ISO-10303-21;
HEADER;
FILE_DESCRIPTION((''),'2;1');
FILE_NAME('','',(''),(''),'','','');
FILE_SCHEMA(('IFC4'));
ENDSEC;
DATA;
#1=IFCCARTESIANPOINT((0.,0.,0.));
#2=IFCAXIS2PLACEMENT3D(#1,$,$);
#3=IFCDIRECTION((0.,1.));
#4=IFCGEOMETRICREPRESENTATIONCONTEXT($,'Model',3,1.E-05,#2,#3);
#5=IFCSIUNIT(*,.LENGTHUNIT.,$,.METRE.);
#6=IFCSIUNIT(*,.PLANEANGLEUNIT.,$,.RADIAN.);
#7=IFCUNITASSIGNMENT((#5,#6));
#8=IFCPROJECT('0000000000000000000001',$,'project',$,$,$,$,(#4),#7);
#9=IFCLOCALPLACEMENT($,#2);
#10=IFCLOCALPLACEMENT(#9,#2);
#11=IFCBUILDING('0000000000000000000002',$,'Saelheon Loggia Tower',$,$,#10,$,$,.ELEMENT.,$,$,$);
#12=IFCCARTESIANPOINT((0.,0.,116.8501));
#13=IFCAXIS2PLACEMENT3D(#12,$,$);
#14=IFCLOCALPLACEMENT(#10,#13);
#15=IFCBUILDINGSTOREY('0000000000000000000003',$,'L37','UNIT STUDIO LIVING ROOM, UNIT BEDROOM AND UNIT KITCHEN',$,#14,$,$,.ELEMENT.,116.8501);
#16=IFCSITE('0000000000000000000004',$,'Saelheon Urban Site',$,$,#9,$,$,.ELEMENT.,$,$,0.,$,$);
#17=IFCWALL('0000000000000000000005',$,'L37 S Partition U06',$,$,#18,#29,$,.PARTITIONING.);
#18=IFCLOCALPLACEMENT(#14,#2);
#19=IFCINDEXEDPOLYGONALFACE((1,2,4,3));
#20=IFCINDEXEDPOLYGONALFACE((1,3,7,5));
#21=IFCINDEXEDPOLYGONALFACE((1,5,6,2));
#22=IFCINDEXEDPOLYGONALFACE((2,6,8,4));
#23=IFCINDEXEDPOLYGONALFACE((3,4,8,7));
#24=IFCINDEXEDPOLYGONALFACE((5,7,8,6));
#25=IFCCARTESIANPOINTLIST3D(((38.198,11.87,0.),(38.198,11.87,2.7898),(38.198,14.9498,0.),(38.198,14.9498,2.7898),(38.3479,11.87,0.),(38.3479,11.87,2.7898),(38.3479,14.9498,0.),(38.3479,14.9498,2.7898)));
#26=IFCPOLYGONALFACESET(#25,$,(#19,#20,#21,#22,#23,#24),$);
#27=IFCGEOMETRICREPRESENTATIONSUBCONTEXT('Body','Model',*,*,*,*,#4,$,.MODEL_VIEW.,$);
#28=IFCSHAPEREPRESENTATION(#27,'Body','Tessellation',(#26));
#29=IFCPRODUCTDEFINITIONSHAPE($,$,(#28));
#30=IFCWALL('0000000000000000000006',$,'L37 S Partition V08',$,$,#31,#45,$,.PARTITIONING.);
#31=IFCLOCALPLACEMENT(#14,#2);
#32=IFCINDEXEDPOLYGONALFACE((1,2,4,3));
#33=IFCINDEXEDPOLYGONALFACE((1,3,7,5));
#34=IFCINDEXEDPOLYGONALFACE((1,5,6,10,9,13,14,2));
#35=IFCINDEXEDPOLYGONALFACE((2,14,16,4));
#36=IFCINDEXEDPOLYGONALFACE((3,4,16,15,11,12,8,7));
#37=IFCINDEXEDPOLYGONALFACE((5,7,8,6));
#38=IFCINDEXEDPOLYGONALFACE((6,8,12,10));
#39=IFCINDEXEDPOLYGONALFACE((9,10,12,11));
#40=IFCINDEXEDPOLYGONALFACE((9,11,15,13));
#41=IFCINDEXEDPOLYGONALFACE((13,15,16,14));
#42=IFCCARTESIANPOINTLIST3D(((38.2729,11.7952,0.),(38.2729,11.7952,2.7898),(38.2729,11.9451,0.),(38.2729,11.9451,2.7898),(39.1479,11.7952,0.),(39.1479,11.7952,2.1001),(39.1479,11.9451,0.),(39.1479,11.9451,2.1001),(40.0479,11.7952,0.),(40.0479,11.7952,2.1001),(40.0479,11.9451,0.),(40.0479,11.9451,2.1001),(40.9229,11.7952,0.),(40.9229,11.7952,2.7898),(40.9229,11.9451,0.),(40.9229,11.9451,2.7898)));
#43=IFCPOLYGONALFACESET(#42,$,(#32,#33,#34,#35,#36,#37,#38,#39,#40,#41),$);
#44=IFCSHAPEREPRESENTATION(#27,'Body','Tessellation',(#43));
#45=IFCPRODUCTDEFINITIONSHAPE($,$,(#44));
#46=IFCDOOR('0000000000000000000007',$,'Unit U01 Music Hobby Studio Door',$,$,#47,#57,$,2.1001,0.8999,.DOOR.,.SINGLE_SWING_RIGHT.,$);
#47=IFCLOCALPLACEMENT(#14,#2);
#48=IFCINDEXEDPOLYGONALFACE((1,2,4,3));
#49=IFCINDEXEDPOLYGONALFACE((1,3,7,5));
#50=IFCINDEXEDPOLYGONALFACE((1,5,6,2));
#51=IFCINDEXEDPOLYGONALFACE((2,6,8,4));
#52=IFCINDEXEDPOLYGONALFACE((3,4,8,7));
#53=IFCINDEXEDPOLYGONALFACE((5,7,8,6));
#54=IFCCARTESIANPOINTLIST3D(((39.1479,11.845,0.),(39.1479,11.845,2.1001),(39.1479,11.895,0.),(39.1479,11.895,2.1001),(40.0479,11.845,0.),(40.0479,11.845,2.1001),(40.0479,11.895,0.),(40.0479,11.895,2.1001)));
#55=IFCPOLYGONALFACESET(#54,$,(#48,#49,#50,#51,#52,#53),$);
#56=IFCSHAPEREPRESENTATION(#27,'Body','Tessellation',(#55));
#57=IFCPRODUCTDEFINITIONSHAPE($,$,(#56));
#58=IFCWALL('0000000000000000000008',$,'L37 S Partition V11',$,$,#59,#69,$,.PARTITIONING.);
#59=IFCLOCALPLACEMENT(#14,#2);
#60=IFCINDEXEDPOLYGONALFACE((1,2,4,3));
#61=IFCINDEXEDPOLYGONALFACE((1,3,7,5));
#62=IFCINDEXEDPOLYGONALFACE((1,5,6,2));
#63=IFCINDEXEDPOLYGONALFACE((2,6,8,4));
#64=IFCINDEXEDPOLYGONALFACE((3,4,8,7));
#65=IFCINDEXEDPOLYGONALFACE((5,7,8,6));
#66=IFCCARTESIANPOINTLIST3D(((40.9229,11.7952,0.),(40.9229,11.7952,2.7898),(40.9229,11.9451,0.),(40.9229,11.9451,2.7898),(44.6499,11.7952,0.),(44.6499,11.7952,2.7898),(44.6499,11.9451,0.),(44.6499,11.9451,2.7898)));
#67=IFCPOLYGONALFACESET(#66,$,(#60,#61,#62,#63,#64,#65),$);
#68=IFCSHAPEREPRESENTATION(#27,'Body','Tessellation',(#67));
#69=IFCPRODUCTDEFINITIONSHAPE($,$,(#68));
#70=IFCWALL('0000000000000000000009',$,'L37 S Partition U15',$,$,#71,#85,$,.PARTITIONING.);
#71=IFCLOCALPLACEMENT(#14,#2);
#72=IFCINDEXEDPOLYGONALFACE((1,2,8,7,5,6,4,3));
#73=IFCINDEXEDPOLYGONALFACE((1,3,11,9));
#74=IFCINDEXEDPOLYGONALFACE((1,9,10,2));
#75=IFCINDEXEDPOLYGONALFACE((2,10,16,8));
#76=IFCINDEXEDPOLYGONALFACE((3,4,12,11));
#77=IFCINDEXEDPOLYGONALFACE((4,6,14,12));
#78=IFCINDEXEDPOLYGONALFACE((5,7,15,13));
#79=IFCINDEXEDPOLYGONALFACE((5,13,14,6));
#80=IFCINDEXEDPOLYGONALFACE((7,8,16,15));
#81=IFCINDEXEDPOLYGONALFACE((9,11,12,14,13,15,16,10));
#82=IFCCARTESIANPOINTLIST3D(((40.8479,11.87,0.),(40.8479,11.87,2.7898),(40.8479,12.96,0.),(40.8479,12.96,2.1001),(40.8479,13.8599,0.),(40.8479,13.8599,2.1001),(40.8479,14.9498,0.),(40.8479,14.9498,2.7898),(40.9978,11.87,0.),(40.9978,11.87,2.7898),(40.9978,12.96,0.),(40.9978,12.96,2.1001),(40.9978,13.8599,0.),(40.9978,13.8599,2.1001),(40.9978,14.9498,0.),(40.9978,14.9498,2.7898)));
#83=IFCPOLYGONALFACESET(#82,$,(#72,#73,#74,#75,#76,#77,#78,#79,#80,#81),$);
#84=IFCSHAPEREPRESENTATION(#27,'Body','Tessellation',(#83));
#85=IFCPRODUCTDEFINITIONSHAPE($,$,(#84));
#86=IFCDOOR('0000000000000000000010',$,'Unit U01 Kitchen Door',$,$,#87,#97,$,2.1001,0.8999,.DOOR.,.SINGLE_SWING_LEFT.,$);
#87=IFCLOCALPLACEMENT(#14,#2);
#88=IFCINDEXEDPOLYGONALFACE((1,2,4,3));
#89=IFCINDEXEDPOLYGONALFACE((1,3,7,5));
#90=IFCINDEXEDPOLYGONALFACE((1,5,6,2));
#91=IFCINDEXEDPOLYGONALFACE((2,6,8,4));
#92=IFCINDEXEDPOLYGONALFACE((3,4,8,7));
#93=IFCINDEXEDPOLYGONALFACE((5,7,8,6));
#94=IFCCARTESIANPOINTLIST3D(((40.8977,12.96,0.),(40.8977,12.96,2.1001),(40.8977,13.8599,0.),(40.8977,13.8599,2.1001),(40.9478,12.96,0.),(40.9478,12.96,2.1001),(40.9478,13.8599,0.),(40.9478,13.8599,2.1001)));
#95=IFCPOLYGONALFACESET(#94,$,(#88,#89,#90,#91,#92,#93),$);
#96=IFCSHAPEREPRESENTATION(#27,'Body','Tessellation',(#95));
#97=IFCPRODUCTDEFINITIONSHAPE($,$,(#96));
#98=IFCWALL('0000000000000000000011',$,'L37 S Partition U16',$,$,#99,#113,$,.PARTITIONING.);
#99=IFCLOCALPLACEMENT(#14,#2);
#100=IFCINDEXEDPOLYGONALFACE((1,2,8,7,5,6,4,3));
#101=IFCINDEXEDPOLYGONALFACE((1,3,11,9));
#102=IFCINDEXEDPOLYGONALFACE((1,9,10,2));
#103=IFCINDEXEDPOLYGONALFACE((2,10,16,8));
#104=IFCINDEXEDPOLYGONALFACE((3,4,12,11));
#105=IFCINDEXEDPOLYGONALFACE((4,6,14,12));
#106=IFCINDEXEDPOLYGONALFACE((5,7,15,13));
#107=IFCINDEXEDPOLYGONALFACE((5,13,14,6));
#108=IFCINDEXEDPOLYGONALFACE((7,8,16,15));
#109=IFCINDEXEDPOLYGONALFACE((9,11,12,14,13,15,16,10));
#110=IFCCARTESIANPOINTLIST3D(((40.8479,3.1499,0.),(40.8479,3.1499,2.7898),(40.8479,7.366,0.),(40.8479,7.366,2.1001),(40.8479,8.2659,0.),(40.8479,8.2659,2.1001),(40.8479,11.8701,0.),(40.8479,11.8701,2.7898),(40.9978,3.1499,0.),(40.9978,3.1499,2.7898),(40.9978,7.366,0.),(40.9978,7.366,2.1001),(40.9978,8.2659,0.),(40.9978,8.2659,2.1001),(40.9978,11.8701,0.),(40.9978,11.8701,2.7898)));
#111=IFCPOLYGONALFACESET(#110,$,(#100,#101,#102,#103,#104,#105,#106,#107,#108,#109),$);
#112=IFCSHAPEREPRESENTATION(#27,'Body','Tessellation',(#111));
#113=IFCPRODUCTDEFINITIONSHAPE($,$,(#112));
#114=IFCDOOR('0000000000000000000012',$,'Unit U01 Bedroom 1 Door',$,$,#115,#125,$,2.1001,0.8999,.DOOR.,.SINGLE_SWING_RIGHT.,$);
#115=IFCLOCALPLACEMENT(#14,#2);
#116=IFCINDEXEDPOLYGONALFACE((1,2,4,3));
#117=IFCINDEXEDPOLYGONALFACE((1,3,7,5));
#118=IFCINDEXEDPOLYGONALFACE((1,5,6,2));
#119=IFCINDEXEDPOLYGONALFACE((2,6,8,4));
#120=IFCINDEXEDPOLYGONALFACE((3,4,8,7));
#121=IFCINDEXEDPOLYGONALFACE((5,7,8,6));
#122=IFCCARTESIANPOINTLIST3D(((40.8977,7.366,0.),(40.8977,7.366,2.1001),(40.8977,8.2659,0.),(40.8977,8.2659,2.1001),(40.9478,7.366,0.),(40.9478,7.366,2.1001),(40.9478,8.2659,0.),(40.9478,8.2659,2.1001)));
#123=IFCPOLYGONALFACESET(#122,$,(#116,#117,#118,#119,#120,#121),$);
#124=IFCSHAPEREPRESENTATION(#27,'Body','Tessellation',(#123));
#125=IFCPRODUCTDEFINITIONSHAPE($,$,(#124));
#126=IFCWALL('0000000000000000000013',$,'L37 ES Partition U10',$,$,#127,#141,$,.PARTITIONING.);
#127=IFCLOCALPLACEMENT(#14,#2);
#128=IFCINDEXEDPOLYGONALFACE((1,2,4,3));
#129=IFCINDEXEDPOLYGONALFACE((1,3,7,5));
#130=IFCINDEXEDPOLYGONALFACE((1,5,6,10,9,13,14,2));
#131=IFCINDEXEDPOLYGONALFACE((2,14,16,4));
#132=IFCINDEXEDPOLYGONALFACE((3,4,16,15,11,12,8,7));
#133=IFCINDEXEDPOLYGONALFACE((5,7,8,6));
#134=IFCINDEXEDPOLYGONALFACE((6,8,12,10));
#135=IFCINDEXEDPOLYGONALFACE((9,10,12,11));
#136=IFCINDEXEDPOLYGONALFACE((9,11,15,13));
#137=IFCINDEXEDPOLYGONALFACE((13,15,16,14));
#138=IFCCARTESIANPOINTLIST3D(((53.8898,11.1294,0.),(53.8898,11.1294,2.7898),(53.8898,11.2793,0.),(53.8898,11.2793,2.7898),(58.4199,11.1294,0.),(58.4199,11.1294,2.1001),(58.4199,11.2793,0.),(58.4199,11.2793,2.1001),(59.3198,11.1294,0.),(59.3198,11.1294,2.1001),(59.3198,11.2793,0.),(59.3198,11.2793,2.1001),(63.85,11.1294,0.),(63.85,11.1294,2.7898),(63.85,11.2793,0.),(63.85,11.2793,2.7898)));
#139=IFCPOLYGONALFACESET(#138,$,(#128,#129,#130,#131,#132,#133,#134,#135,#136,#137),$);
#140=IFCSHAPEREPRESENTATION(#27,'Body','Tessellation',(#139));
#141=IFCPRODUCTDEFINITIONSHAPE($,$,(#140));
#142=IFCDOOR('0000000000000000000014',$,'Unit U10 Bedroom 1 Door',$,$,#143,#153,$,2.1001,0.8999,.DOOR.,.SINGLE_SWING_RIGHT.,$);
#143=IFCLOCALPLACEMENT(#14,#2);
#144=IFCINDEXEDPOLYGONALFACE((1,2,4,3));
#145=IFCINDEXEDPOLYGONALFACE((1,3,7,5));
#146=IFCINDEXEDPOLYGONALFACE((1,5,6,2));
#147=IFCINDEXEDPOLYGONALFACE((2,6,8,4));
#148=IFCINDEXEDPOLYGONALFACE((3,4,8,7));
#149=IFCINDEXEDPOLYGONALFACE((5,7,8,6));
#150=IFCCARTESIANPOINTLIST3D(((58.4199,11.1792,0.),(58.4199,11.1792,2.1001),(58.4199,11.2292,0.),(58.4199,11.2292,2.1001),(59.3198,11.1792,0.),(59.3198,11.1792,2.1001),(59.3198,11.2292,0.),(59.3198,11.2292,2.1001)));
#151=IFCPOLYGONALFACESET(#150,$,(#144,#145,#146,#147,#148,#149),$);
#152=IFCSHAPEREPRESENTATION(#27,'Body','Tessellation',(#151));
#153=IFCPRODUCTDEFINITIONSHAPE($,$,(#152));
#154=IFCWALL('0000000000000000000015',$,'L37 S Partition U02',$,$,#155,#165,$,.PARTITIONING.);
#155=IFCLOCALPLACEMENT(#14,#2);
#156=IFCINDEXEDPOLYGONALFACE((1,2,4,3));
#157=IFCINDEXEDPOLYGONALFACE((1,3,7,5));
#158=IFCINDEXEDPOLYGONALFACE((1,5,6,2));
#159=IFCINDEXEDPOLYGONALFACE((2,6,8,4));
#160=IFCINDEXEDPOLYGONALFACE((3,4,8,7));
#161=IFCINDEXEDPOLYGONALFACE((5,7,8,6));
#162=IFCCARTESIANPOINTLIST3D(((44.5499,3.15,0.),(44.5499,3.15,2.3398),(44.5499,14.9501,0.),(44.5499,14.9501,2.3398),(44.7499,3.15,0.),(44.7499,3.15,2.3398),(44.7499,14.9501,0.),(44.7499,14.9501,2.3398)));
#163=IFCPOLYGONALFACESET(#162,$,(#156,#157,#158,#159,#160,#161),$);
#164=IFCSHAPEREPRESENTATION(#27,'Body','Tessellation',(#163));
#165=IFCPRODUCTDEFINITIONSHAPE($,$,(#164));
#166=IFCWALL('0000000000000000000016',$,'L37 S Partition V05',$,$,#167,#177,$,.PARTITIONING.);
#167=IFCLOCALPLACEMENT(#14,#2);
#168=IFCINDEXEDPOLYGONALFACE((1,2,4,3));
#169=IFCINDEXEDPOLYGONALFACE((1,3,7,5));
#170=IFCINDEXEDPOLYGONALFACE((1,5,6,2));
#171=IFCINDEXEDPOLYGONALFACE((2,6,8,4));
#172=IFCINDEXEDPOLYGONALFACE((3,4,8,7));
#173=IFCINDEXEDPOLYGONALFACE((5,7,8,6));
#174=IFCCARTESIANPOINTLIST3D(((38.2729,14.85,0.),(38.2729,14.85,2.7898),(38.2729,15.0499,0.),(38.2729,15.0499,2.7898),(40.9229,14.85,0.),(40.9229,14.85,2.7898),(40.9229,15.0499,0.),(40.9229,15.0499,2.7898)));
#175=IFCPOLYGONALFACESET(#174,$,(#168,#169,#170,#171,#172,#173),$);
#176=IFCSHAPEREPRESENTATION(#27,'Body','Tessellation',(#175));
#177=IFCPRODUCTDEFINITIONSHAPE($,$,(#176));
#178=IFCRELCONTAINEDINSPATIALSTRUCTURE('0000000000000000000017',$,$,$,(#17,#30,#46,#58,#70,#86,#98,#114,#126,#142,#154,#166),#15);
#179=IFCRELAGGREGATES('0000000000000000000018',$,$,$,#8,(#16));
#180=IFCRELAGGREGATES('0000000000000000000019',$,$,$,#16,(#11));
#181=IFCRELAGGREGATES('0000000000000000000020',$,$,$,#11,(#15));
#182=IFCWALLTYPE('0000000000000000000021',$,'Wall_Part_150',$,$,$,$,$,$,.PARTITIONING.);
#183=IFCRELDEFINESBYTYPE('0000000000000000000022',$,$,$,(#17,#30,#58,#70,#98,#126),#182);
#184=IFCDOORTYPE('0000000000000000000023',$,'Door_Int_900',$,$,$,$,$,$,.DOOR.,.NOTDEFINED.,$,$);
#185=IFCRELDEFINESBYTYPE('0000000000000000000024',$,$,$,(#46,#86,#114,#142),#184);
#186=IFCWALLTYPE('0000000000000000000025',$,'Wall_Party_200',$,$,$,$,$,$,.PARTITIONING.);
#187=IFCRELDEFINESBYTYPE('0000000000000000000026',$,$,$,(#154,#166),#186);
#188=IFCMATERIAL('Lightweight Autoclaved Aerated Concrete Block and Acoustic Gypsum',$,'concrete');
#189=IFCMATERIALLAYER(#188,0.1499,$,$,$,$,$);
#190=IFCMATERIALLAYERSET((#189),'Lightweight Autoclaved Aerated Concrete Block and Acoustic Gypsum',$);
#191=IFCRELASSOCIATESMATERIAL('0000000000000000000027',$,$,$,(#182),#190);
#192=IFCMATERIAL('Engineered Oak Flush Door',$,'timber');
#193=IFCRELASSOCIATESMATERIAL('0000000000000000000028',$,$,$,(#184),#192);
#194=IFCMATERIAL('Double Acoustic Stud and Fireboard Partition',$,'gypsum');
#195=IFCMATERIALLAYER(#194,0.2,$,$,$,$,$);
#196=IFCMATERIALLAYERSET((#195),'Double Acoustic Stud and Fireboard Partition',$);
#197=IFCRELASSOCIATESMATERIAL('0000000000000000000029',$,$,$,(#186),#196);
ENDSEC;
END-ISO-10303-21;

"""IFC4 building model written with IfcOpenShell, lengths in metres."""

from ifc_helpers import new_model, si_unit, direction, frame, frame_2d, origin, place, context, subcontext, project, spatial, rectangle, extrude, source, transform, mapped, material, layer, layer_set, type_object, element, fill, save


model = new_model("IFC4")

# Units and contexts
model_context = context("Model", 3, precision=1e-05, world=origin(), true_north=direction((0.0, 1.0)))
body_context = subcontext(model_context, "Body", "Model", "MODEL_VIEW")
ifc_project = project(units=[si_unit("LENGTHUNIT", "METRE"), si_unit("PLANEANGLEUNIT", "RADIAN")], contexts=[model_context])

# Site, building, storey
site_placement = place(None, origin())
site = spatial("IfcSite", under=ifc_project, at=site_placement, Name="Saelheon Urban Site", CompositionType="ELEMENT", RefElevation=0.0)
building_placement = place(site_placement, origin())
building = spatial("IfcBuilding", under=site, at=building_placement, Name="Saelheon Loggia Tower", CompositionType="ELEMENT")
storey_placement = place(building_placement, frame((0.0, 0.0, 116.8501)))
storey = spatial("IfcBuildingStorey", under=building, at=storey_placement, Name="L37", Description="UNIT STUDIO LIVING ROOM, UNIT BEDROOM AND UNIT KITCHEN", CompositionType="ELEMENT", Elevation=116.8501)

# Wall
ifc_material_1 = material(Name="Lightweight Autoclaved Aerated Concrete Block and Acoustic Gypsum", Category="concrete")
ifc_layer_1 = layer(ifc_material_1, 0.1499)
ifc_layer_set_1 = layer_set([ifc_layer_1], Name="Lightweight Autoclaved Aerated Concrete Block and Acoustic Gypsum")
wall_type_1 = type_object("IfcWallType", Name="Wall_Part_150", PredefinedType="PARTITIONING", material=ifc_layer_set_1)
wall_1_placement = place(storey_placement, frame((38.2729, 14.95, 0.0), z_axis=(0.0, 0.0, 1.0), x_axis=(0.0, -1.0, 0.0)))
element("IfcWall", 1, at=wall_1_placement, inside=storey, type_object=wall_type_1, Name="L37 S Partition U06", PredefinedType="PARTITIONING", context=body_context, shape_type="SweptSolid", body=[
    extrude(rectangle(XDim=3.0798, YDim=0.1499, at=frame_2d((1.54, 0.0))), origin(), (0.0, 0.0, 1.0), 2.7898),
])

# Wall, opening, door
wall_2_placement = place(storey_placement, frame((38.2729, 11.8701, 0.0), z_axis=(0.0, 0.0, 1.0), x_axis=(1.0, 0.0, 0.0)))
wall_2 = element("IfcWall", 2, at=wall_2_placement, inside=storey, type_object=wall_type_1, Name="L37 S Partition V08", PredefinedType="PARTITIONING", context=body_context, shape_type="SweptSolid", body=[
    extrude(rectangle(XDim=2.6499, YDim=0.1499, at=frame_2d((1.325, 0.0))), origin(), (0.0, 0.0, 1.0), 2.7898),
])
opening_1_placement = place(wall_2_placement, frame((0.875, 0.0, 0.0)))
opening_1 = element("IfcOpeningElement", 3, at=opening_1_placement, cuts=wall_2, PredefinedType="OPENING", context=body_context, shape_type="SweptSolid", body=[
    extrude(rectangle(XDim=0.8999, YDim=2.1001, at=frame_2d((0.45, 1.05))), frame((0.0, 0.0869, 0.0), z_axis=(0.0, -1.0, 0.0), x_axis=(1.0, 0.0, 0.0)), (0.0, 0.0, 1.0), 0.1738),
])
ifc_material_2 = material(Name="Engineered Oak Flush Door", Category="timber")
door_type_1 = type_object("IfcDoorType", Name="Door_Int_900", OperationType="NOTDEFINED", PredefinedType="DOOR", material=ifc_material_2)
shared_shape_1 = source(origin(), body_context, "Body", "SweptSolid", [
    extrude(rectangle(XDim=0.8999, YDim=2.1001, at=frame_2d((0.45, 1.05))), frame((0.0, 0.0249, 0.0), z_axis=(0.0, -1.0, 0.0), x_axis=(1.0, 0.0, 0.0)), (0.0, 0.0, 1.0), 0.05),
])
door_1_placement = place(opening_1_placement, origin())
door_1 = element("IfcDoor", 4, at=door_1_placement, inside=storey, type_object=door_type_1, Name="Unit U01 Music Hobby Studio Door", OperationType="SINGLE_SWING_RIGHT", OverallHeight=2.1001, OverallWidth=0.8999, PredefinedType="DOOR", context=body_context, shape_type="MappedRepresentation", body=[
    mapped(shared_shape_1, transform((0.0, 0.0, 0.0), scale=1.0)),
])
fill(opening_1, door_1)

# Wall
wall_3_placement = place(storey_placement, frame((40.9229, 11.8701, 0.0), z_axis=(0.0, 0.0, 1.0), x_axis=(1.0, 0.0, 0.0)))
element("IfcWall", 5, at=wall_3_placement, inside=storey, type_object=wall_type_1, Name="L37 S Partition V11", PredefinedType="PARTITIONING", context=body_context, shape_type="SweptSolid", body=[
    extrude(rectangle(XDim=3.7271, YDim=0.1499, at=frame_2d((1.8635, 0.0))), origin(), (0.0, 0.0, 1.0), 2.7898),
])

# Walls, openings, doors
wall_4_placement = place(storey_placement, frame((40.9229, 14.95, 0.0), z_axis=(0.0, 0.0, 1.0), x_axis=(0.0, -1.0, 0.0)))
wall_4 = element("IfcWall", 6, at=wall_4_placement, inside=storey, type_object=wall_type_1, Name="L37 S Partition U15", PredefinedType="PARTITIONING", context=body_context, shape_type="SweptSolid", body=[
    extrude(rectangle(XDim=3.0798, YDim=0.1499, at=frame_2d((1.54, 0.0))), origin(), (0.0, 0.0, 1.0), 2.7898),
])
opening_2_placement = place(wall_4_placement, frame((1.0901, 0.0, 0.0)))
opening_2 = element("IfcOpeningElement", 7, at=opening_2_placement, cuts=wall_4, PredefinedType="OPENING", context=body_context, shape_type="SweptSolid", body=[
    extrude(rectangle(XDim=0.8999, YDim=2.1001, at=frame_2d((0.45, 1.05))), frame((0.0, 0.0869, 0.0), z_axis=(0.0, -1.0, 0.0), x_axis=(1.0, 0.0, 0.0)), (0.0, 0.0, 1.0), 0.1738),
])
door_2_placement = place(opening_2_placement, origin())
door_2 = element("IfcDoor", 8, at=door_2_placement, inside=storey, type_object=door_type_1, Name="Unit U01 Kitchen Door", OperationType="SINGLE_SWING_LEFT", OverallHeight=2.1001, OverallWidth=0.8999, PredefinedType="DOOR", context=body_context, shape_type="MappedRepresentation", body=[
    mapped(shared_shape_1, transform((0.0, 0.0, 0.0), scale=1.0)),
])
fill(opening_2, door_2)
wall_5_placement = place(storey_placement, frame((40.9229, 11.8701, 0.0), z_axis=(0.0, 0.0, 1.0), x_axis=(0.0, -1.0, 0.0)))
wall_5 = element("IfcWall", 9, at=wall_5_placement, inside=storey, type_object=wall_type_1, Name="L37 S Partition U16", PredefinedType="PARTITIONING", context=body_context, shape_type="SweptSolid", body=[
    extrude(rectangle(XDim=8.7202, YDim=0.1499, at=frame_2d((4.3601, 0.0))), origin(), (0.0, 0.0, 1.0), 2.7898),
])
opening_3_placement = place(wall_5_placement, frame((3.6042, 0.0, 0.0)))
opening_3 = element("IfcOpeningElement", 10, at=opening_3_placement, cuts=wall_5, PredefinedType="OPENING", context=body_context, shape_type="SweptSolid", body=[
    extrude(rectangle(XDim=0.8999, YDim=2.1001, at=frame_2d((0.45, 1.05))), frame((0.0, 0.0869, 0.0), z_axis=(0.0, -1.0, 0.0), x_axis=(1.0, 0.0, 0.0)), (0.0, 0.0, 1.0), 0.1738),
])
door_3_placement = place(opening_3_placement, origin())
door_3 = element("IfcDoor", 11, at=door_3_placement, inside=storey, type_object=door_type_1, Name="Unit U01 Bedroom 1 Door", OperationType="SINGLE_SWING_RIGHT", OverallHeight=2.1001, OverallWidth=0.8999, PredefinedType="DOOR", context=body_context, shape_type="MappedRepresentation", body=[
    mapped(shared_shape_1, transform((0.0, 0.0, 0.0), scale=1.0)),
])
fill(opening_3, door_3)
wall_6_placement = place(storey_placement, frame((53.8899, 11.2043, 0.0), z_axis=(0.0, 0.0, 1.0), x_axis=(1.0, 0.0, 0.0)))
wall_6 = element("IfcWall", 12, at=wall_6_placement, inside=storey, type_object=wall_type_1, Name="L37 ES Partition U10", PredefinedType="PARTITIONING", context=body_context, shape_type="SweptSolid", body=[
    extrude(rectangle(XDim=9.9602, YDim=0.1499, at=frame_2d((4.98, 0.0))), origin(), (0.0, 0.0, 1.0), 2.7898),
])
opening_4_placement = place(wall_6_placement, frame((4.53, 0.0, 0.0)))
opening_4 = element("IfcOpeningElement", 13, at=opening_4_placement, cuts=wall_6, PredefinedType="OPENING", context=body_context, shape_type="SweptSolid", body=[
    extrude(rectangle(XDim=0.8999, YDim=2.1001, at=frame_2d((0.45, 1.05))), frame((0.0, 0.0869, 0.0), z_axis=(0.0, -1.0, 0.0), x_axis=(1.0, 0.0, 0.0)), (0.0, 0.0, 1.0), 0.1738),
])
door_4_placement = place(opening_4_placement, origin())
door_4 = element("IfcDoor", 14, at=door_4_placement, inside=storey, type_object=door_type_1, Name="Unit U10 Bedroom 1 Door", OperationType="SINGLE_SWING_RIGHT", OverallHeight=2.1001, OverallWidth=0.8999, PredefinedType="DOOR", context=body_context, shape_type="MappedRepresentation", body=[
    mapped(shared_shape_1, transform((0.0, 0.0, 0.0), scale=1.0)),
])
fill(opening_4, door_4)

# Walls
ifc_material_3 = material(Name="Double Acoustic Stud and Fireboard Partition", Category="gypsum")
ifc_layer_2 = layer(ifc_material_3, 0.2)
ifc_layer_set_2 = layer_set([ifc_layer_2], Name="Double Acoustic Stud and Fireboard Partition")
wall_type_2 = type_object("IfcWallType", Name="Wall_Party_200", PredefinedType="PARTITIONING", material=ifc_layer_set_2)
wall_7_placement = place(storey_placement, frame((44.6499, 14.95, 0.0), z_axis=(0.0, 0.0, 1.0), x_axis=(0.0, -1.0, 0.0)))
element("IfcWall", 15, at=wall_7_placement, inside=storey, type_object=wall_type_2, Name="L37 S Partition U02", PredefinedType="PARTITIONING", context=body_context, shape_type="SweptSolid", body=[
    extrude(rectangle(XDim=11.8, YDim=0.2, at=frame_2d((5.8999, 0.0))), origin(), (0.0, 0.0, 1.0), 2.3398),
])
wall_8_placement = place(storey_placement, frame((38.2729, 14.95, 0.0), z_axis=(0.0, 0.0, 1.0), x_axis=(1.0, 0.0, 0.0)))
element("IfcWall", 16, at=wall_8_placement, inside=storey, type_object=wall_type_2, Name="L37 S Partition V05", PredefinedType="PARTITIONING", context=body_context, shape_type="SweptSolid", body=[
    extrude(rectangle(XDim=2.6499, YDim=0.2, at=frame_2d((1.325, 0.0))), origin(), (0.0, 0.0, 1.0), 2.7898),
])

save(model, "model.ifc")
